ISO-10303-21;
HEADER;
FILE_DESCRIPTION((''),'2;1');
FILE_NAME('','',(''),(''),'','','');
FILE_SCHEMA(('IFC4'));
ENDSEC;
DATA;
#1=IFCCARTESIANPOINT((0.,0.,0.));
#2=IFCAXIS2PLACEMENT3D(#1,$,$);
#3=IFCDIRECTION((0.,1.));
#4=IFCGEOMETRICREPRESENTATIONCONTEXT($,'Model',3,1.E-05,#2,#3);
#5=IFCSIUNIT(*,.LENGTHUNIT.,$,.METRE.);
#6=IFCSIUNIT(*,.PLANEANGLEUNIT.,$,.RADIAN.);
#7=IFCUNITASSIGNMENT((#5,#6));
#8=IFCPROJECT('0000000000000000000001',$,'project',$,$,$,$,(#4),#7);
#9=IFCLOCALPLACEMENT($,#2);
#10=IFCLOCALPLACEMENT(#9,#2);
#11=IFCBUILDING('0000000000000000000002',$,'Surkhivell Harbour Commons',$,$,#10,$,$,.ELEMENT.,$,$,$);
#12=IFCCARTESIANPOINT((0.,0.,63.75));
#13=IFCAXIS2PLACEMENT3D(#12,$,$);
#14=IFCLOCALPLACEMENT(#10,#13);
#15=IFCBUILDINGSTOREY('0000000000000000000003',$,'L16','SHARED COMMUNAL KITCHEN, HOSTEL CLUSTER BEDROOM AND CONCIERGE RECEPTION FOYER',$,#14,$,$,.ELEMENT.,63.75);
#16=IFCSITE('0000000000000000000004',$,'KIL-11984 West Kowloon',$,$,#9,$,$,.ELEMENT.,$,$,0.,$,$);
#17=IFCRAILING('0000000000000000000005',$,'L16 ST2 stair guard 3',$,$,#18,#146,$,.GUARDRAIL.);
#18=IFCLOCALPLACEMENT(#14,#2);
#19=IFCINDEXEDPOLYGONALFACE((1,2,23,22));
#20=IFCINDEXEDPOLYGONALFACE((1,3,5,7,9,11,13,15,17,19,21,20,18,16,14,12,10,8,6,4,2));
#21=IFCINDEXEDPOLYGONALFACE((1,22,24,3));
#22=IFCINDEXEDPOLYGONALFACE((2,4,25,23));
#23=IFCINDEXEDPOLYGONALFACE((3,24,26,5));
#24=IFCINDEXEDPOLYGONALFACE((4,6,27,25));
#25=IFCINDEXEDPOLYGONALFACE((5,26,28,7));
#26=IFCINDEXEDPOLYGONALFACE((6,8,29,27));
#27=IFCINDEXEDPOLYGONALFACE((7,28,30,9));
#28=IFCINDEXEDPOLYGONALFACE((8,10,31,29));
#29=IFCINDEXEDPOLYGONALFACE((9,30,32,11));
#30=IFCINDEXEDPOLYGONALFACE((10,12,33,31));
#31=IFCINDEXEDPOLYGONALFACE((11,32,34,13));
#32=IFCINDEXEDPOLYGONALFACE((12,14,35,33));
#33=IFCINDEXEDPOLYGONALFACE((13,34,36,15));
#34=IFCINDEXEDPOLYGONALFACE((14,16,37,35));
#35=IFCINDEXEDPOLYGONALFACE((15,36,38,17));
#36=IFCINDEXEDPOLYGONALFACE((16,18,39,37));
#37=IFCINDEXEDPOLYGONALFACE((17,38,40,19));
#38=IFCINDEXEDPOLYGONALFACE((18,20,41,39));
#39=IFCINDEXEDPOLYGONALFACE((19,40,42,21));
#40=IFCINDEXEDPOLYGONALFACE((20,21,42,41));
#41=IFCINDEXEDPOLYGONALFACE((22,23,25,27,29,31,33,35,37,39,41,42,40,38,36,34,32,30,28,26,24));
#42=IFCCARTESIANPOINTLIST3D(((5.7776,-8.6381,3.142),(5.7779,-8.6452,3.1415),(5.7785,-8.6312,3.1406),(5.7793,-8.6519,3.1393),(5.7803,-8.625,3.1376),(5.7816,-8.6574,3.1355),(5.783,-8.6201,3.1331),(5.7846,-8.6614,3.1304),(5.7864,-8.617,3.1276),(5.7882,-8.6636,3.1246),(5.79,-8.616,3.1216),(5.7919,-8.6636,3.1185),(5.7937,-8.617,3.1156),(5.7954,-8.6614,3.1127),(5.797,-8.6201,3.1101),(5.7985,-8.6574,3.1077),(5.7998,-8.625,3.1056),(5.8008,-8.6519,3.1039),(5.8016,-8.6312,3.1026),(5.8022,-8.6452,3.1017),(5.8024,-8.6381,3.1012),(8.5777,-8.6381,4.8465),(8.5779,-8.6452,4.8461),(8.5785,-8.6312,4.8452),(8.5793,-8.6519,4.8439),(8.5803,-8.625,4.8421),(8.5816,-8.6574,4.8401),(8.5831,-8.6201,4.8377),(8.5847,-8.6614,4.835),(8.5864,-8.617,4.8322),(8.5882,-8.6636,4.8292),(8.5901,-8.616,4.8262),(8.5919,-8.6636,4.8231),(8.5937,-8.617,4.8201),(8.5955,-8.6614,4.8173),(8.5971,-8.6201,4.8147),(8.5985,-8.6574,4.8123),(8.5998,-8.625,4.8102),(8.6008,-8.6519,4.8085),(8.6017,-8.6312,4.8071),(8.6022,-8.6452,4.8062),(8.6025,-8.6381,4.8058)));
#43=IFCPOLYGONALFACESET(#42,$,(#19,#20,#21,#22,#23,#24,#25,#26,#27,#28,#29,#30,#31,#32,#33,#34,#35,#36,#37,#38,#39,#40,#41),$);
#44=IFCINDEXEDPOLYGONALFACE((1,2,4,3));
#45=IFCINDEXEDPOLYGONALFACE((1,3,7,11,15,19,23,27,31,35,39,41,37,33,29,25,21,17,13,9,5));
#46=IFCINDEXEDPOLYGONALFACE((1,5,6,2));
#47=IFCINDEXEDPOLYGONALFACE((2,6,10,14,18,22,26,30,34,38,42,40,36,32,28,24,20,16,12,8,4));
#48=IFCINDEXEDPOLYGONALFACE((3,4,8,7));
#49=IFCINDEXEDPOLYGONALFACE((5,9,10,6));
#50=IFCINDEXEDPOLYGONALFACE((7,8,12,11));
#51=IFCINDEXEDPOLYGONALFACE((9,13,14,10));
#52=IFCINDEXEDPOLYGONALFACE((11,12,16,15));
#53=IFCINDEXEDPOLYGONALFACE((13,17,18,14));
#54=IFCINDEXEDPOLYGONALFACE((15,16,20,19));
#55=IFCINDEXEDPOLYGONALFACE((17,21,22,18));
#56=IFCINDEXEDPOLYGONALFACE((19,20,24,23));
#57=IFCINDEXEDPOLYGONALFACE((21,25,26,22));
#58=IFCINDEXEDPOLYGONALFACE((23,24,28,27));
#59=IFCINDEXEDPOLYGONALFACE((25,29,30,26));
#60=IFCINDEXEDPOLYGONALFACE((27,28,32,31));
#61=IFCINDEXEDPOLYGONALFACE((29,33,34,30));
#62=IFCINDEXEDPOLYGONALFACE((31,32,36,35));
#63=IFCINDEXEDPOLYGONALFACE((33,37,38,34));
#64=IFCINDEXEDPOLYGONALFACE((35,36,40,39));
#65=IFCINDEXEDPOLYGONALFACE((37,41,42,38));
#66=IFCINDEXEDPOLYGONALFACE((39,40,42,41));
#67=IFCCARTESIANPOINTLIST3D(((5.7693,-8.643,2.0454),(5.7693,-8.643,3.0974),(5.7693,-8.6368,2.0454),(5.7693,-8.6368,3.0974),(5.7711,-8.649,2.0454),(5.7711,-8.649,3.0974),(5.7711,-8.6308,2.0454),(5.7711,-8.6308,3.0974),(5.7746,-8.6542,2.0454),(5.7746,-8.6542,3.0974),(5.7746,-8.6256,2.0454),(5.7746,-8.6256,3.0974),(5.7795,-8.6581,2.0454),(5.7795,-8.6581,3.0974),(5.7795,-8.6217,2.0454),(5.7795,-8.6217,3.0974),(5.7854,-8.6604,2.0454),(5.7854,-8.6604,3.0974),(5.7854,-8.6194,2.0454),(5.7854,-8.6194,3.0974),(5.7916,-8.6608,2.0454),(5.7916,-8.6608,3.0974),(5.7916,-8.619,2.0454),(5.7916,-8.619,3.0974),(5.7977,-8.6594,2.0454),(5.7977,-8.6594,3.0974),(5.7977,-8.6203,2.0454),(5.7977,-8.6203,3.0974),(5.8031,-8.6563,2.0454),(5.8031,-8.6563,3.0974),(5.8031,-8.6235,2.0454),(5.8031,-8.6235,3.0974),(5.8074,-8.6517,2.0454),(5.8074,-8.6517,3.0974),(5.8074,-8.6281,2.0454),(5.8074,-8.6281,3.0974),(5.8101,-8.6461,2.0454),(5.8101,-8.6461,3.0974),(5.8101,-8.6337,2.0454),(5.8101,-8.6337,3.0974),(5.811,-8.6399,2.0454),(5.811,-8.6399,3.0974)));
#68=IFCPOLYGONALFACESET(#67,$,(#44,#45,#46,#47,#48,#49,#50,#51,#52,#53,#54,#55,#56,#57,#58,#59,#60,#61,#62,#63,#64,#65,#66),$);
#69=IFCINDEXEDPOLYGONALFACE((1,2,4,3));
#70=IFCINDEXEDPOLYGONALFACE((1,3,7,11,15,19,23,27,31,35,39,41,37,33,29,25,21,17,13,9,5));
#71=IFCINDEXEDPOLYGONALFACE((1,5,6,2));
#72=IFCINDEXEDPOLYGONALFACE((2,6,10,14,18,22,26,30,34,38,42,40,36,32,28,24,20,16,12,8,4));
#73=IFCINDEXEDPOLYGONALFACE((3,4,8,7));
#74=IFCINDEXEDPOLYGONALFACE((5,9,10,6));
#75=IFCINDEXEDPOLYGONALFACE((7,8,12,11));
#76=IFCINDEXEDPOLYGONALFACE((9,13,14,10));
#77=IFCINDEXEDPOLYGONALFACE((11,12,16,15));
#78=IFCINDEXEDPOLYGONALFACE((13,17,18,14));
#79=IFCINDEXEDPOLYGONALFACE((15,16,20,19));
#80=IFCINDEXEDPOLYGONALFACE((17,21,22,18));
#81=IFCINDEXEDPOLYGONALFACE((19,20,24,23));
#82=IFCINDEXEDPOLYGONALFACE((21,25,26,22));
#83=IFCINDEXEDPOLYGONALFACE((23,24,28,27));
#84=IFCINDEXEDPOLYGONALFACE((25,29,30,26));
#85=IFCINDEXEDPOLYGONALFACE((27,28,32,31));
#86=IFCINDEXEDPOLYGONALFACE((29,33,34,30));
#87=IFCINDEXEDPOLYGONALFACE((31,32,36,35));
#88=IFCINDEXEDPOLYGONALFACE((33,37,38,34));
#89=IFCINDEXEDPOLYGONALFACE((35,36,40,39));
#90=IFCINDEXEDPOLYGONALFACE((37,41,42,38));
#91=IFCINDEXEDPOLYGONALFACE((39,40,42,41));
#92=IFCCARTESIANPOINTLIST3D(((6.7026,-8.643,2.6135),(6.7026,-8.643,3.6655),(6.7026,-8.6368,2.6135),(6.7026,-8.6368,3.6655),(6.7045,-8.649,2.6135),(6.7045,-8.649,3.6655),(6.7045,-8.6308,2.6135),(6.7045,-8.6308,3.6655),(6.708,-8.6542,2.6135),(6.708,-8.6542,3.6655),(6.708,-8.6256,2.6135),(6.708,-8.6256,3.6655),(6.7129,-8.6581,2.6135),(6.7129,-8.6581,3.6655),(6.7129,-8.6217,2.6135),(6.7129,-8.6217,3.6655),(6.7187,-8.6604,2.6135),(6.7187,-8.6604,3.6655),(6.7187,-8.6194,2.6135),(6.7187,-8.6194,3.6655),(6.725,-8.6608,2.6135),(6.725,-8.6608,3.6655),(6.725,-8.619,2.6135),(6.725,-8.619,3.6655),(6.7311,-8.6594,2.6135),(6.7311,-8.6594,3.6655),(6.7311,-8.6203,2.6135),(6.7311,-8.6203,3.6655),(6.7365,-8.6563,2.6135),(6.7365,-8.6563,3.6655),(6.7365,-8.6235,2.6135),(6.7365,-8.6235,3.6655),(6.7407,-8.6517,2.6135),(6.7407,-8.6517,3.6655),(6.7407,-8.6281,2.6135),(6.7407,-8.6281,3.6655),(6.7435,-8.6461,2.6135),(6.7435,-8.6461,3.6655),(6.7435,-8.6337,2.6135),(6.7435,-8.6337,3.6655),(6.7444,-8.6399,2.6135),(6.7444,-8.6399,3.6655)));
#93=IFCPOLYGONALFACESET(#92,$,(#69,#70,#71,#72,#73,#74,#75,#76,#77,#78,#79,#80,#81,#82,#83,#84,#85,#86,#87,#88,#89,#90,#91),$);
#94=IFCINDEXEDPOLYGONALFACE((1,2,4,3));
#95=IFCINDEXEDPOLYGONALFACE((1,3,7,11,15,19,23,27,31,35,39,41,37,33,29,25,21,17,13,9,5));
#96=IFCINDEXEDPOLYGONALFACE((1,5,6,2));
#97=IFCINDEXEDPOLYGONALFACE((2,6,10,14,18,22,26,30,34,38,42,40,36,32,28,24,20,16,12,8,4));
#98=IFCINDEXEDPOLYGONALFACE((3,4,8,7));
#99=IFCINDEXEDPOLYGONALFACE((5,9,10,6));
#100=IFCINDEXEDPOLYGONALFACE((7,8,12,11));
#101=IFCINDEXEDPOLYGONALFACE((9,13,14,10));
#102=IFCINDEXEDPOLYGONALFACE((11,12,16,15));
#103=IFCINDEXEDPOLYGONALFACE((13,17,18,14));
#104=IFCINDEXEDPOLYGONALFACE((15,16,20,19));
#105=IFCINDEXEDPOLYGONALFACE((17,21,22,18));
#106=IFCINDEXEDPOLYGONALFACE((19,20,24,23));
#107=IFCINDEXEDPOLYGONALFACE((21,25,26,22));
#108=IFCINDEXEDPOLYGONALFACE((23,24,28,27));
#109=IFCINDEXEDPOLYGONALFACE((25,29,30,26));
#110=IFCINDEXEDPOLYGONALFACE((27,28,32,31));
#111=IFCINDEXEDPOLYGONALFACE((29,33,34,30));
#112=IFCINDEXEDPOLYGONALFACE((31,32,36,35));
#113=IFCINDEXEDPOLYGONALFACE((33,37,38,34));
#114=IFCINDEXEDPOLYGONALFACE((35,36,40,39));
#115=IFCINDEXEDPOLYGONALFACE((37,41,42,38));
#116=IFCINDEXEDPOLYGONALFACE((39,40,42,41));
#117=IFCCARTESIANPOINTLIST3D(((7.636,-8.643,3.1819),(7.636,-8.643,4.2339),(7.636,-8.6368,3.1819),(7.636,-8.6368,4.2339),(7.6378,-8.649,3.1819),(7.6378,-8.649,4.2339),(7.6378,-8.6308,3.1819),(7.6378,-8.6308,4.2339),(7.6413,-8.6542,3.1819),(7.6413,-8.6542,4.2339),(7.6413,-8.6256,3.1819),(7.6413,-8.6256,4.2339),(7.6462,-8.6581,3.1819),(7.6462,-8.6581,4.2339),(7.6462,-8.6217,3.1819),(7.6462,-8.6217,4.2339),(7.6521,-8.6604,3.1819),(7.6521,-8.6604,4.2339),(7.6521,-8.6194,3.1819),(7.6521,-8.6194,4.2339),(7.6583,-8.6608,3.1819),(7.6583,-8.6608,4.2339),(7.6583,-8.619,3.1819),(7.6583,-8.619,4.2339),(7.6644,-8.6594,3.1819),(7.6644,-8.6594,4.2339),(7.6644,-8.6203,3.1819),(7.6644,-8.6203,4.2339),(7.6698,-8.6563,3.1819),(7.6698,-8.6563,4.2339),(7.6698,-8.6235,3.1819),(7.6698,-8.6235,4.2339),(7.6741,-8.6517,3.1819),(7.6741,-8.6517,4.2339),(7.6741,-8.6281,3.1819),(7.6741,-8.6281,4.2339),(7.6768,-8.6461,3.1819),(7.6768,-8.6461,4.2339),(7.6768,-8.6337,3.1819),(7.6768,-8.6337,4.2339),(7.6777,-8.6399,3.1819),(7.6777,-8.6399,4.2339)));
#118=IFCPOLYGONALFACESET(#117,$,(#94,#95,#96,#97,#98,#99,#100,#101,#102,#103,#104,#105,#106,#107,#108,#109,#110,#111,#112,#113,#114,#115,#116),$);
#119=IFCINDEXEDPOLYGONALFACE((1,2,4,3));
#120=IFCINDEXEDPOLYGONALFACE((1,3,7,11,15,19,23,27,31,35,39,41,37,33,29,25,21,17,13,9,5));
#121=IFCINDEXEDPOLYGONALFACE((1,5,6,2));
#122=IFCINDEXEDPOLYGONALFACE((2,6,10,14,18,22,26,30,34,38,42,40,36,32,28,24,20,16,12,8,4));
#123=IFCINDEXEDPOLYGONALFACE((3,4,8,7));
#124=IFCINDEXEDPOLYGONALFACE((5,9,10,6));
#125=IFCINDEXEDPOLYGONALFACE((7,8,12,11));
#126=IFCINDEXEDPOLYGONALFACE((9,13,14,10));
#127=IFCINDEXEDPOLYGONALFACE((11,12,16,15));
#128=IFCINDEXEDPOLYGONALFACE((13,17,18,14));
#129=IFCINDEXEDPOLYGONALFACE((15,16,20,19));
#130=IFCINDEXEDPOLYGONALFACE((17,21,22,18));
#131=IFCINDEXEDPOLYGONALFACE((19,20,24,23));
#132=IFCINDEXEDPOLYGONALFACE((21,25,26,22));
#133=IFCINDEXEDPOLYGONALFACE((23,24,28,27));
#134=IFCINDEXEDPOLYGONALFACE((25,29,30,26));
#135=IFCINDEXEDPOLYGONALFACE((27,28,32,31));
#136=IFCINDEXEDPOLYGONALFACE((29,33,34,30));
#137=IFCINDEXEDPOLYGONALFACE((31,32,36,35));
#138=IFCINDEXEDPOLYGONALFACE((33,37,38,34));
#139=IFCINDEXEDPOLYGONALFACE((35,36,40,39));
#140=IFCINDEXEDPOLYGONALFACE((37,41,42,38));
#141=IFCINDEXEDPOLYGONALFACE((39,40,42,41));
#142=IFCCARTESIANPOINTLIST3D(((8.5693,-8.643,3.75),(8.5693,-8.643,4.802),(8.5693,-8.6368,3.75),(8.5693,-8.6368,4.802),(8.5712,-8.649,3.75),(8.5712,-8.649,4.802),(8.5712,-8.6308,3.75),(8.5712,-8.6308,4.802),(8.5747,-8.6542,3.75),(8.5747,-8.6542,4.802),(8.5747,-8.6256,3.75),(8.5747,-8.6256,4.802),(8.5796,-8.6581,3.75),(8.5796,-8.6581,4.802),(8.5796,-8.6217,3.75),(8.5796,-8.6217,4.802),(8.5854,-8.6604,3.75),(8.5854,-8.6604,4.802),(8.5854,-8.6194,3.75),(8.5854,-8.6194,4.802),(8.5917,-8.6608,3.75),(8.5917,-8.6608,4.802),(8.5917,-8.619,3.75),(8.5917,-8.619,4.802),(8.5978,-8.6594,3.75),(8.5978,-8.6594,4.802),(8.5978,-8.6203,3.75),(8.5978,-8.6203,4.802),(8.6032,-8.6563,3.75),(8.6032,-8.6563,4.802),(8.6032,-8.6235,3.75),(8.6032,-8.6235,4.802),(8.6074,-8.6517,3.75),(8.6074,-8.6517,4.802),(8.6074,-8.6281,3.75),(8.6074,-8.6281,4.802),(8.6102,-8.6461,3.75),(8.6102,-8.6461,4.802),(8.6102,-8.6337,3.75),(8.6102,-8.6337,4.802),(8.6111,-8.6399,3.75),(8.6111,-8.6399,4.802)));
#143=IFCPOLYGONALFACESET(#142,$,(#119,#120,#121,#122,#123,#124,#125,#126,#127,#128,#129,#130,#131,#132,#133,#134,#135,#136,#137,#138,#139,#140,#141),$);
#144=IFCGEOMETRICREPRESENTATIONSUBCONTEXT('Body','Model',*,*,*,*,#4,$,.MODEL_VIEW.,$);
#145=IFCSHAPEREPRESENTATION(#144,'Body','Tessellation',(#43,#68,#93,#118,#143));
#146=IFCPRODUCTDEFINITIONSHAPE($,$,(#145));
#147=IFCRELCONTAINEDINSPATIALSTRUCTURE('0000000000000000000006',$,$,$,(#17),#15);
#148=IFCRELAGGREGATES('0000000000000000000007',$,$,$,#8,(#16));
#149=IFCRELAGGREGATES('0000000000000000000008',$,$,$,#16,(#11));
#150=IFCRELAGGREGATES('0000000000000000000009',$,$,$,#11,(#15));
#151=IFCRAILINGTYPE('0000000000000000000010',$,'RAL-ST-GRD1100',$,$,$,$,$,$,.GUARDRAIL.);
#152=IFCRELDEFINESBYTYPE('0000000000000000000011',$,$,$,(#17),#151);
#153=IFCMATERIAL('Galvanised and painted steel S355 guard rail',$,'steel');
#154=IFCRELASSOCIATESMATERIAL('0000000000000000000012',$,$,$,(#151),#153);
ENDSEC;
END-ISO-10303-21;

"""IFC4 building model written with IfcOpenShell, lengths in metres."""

from ifc_helpers import new_model, si_unit, direction, frame, origin, origin_2d, place, context, subcontext, project, spatial, circle, extrude, material, type_object, element, save


model = new_model("IFC4")

# Units and contexts
model_context = context("Model", 3, precision=1e-05, world=origin(), true_north=direction((0.0, 1.0)))
body_context = subcontext(model_context, "Body", "Model", "MODEL_VIEW")
ifc_project = project(units=[si_unit("LENGTHUNIT", "METRE"), si_unit("PLANEANGLEUNIT", "RADIAN")], contexts=[model_context])

# Site, building, storey
site_placement = place(None, origin())
site = spatial("IfcSite", under=ifc_project, at=site_placement, Name="KIL-11984 West Kowloon", CompositionType="ELEMENT", RefElevation=0.0)
building_placement = place(site_placement, origin())
building = spatial("IfcBuilding", under=site, at=building_placement, Name="Surkhivell Harbour Commons", CompositionType="ELEMENT")
storey_placement = place(building_placement, frame((0.0, 0.0, 63.75)))
storey = spatial("IfcBuildingStorey", under=building, at=storey_placement, Name="L16", Description="SHARED COMMUNAL KITCHEN, HOSTEL CLUSTER BEDROOM AND CONCIERGE RECEPTION FOYER", CompositionType="ELEMENT", Elevation=63.75)

# Railing
ifc_material_1 = material(Name="Galvanised and painted steel S355 guard rail", Category="steel")
railing_type_1 = type_object("IfcRailingType", Name="RAL-ST-GRD1100", PredefinedType="GUARDRAIL", material=ifc_material_1)
railing_1_placement = place(storey_placement, frame((5.79, -8.6399, 2.0454)))
element("IfcRailing", 1, at=railing_1_placement, inside=storey, type_object=railing_type_1, Name="L16 ST2 stair guard 3", PredefinedType="GUARDRAIL", context=body_context, shape_type="SweptSolid", body=[
    extrude(circle(Radius=0.0239, at=origin_2d()), frame((0.0, 0.0, 1.0762), z_axis=(0.85417, 0.0, 0.519994), x_axis=(0.0, 1.0, 0.0)), (0.0, 0.0, 1.0), 3.2781),
    extrude(circle(Radius=0.021, at=origin_2d()), origin(), (0.0, 0.0, 1.0), 1.052),
    extrude(circle(Radius=0.021, at=origin_2d()), frame((0.9333, 0.0, 0.5681)), (0.0, 0.0, 1.0), 1.052),
    extrude(circle(Radius=0.021, at=origin_2d()), frame((1.8667, 0.0, 1.1365)), (0.0, 0.0, 1.0), 1.052),
    extrude(circle(Radius=0.021, at=origin_2d()), frame((2.8, 0.0, 1.7046)), (0.0, 0.0, 1.0), 1.052),
])

save(model, "model.ifc")
